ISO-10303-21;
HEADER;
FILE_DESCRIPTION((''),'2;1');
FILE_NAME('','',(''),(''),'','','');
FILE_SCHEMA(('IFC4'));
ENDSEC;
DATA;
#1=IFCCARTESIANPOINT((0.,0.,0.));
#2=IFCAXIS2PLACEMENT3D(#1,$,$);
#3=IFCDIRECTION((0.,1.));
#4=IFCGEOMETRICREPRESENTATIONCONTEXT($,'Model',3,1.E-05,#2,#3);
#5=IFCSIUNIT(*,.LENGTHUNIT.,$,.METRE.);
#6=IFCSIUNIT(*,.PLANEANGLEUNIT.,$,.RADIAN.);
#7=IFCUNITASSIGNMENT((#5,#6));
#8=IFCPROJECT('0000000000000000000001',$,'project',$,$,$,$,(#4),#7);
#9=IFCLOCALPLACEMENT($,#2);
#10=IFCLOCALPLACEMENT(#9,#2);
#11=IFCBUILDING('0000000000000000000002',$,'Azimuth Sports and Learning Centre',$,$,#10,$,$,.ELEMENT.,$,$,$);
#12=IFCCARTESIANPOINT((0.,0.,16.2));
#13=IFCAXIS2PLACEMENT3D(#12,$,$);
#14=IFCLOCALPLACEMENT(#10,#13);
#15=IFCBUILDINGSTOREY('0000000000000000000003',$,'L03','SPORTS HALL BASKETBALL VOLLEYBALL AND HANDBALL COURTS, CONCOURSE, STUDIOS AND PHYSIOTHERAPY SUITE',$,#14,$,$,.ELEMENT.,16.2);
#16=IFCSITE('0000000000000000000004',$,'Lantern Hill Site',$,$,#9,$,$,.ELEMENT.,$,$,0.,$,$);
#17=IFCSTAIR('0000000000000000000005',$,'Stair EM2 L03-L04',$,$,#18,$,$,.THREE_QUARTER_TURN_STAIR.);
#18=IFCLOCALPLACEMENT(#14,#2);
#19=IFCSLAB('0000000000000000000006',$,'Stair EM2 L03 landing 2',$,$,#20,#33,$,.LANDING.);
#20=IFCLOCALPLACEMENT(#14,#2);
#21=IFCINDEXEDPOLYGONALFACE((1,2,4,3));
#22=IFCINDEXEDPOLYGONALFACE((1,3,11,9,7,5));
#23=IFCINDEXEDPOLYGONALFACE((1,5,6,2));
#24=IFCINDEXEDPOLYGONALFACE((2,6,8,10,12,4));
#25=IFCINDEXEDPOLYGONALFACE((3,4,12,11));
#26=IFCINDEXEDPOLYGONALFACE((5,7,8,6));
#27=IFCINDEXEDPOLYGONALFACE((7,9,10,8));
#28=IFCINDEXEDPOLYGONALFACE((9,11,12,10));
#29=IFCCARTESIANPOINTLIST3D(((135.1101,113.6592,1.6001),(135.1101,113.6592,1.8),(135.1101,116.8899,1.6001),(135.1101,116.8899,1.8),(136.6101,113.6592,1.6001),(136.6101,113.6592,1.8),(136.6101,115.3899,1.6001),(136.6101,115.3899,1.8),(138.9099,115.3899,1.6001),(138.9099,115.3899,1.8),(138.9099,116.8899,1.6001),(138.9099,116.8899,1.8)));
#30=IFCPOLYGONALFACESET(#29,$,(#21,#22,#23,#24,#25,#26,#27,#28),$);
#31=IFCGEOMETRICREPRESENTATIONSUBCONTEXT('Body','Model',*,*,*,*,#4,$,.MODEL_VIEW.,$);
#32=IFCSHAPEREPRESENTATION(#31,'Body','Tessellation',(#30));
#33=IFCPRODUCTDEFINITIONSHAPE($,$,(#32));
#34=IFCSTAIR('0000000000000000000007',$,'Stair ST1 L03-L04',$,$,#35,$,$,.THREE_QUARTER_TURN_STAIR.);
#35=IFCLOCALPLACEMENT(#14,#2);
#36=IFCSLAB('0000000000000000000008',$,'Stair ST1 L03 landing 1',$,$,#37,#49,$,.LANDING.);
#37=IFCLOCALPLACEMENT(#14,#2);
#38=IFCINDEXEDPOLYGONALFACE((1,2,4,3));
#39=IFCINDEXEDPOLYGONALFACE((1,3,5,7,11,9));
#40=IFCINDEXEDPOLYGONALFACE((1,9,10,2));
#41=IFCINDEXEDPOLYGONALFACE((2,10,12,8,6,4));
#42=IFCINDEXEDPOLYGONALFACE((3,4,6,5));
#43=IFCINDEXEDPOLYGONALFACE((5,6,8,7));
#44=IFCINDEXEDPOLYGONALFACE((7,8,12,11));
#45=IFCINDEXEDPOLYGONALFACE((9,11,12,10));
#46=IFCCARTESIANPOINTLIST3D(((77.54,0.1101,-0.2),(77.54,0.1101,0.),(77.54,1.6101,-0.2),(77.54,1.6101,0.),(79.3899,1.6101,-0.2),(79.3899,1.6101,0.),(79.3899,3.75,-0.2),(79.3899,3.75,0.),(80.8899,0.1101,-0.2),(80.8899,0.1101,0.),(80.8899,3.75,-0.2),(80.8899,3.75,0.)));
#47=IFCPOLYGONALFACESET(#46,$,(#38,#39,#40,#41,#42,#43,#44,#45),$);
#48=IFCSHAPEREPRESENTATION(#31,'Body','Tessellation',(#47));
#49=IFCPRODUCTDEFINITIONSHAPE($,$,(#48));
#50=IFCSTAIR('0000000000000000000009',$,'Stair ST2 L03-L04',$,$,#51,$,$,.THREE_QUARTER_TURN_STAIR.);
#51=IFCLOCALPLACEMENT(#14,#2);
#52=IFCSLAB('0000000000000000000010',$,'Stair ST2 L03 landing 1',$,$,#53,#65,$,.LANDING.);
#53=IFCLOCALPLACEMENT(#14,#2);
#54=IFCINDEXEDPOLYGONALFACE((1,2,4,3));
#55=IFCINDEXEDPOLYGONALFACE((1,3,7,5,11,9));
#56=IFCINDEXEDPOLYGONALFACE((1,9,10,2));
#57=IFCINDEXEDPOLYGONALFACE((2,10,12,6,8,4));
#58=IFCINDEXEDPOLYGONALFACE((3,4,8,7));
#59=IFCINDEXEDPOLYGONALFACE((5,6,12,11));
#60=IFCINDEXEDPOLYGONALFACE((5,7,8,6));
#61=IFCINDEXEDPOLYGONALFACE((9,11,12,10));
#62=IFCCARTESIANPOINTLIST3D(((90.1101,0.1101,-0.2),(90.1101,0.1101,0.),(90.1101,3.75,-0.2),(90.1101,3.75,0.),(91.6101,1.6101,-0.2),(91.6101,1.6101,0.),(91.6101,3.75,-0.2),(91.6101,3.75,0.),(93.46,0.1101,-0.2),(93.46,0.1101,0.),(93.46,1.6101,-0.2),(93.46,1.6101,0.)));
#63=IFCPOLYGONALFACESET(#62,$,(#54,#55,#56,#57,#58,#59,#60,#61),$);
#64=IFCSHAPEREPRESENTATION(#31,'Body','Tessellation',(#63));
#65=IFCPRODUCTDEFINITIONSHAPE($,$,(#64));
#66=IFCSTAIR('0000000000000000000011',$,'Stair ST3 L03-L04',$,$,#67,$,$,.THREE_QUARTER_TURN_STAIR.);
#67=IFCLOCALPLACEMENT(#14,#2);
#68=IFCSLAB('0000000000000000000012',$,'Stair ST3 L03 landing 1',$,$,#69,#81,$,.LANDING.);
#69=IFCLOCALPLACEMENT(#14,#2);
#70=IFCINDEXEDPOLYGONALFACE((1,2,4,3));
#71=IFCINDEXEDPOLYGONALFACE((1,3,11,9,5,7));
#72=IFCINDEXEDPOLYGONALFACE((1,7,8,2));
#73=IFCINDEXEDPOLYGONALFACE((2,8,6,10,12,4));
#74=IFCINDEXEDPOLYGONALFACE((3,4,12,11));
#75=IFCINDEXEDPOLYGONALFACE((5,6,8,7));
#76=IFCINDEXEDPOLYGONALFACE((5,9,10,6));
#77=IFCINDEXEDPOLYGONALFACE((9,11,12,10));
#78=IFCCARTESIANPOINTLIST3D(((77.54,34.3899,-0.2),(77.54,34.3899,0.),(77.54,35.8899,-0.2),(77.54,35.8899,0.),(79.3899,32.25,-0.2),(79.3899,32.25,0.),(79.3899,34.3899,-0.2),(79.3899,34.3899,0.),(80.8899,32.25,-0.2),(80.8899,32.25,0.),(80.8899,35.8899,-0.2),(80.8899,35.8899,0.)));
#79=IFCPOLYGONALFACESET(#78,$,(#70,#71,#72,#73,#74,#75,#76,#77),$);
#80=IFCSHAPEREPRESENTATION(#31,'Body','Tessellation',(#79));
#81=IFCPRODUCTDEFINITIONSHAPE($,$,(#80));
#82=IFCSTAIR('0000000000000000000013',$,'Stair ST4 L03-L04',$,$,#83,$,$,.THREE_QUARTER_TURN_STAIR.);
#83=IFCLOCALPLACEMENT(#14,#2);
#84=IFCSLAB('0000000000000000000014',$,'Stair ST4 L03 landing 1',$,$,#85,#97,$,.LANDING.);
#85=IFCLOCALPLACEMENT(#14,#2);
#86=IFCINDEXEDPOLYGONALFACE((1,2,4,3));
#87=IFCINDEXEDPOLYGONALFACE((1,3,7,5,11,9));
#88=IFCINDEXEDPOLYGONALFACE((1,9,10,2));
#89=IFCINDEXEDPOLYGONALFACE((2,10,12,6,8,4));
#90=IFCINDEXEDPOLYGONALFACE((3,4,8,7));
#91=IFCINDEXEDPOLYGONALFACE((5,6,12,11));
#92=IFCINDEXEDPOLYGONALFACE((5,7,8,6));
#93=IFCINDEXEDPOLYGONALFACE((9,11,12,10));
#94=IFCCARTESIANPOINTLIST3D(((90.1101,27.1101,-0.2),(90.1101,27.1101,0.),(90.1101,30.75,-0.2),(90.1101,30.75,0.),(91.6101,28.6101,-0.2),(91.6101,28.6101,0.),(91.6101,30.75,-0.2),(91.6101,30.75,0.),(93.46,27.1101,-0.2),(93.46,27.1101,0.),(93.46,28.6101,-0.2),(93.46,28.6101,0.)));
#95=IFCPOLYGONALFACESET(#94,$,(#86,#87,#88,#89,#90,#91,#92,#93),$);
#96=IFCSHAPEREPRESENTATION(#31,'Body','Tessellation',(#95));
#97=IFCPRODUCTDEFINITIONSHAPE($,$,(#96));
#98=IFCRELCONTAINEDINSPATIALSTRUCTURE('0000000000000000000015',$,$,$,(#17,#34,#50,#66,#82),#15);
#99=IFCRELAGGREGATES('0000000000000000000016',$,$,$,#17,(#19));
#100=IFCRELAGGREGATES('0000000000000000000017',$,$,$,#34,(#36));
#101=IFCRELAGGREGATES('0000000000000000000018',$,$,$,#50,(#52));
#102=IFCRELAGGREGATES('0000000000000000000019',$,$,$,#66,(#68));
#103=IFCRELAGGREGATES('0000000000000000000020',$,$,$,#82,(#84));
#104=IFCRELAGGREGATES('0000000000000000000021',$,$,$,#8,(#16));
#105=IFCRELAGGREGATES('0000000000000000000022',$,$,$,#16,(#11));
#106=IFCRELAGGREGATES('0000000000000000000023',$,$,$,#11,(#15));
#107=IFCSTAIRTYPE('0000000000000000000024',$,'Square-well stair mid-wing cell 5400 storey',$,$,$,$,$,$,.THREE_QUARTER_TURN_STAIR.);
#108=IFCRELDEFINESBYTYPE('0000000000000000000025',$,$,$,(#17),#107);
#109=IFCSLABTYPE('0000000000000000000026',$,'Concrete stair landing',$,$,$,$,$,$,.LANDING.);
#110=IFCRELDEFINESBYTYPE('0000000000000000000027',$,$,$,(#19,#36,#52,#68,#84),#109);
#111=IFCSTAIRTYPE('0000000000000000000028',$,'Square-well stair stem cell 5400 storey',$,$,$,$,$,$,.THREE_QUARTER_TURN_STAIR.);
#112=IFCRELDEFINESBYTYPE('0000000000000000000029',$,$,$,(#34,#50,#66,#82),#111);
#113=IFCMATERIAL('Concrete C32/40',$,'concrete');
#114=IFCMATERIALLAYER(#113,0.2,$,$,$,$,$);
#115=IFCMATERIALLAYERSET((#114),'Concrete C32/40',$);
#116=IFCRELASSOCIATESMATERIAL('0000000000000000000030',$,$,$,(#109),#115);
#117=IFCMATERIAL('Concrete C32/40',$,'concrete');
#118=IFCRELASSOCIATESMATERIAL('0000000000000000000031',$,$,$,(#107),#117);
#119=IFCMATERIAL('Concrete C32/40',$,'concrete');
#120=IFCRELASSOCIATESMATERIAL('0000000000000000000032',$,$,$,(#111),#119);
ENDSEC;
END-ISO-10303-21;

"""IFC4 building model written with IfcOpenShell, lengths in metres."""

from ifc_helpers import new_model, si_unit, direction, frame, origin, place, context, subcontext, project, spatial, polyline, outline, extrude, material, layer, layer_set, type_object, element, aggregate, save


model = new_model("IFC4")

# Units and contexts
model_context = context("Model", 3, precision=1e-05, world=origin(), true_north=direction((0.0, 1.0)))
body_context = subcontext(model_context, "Body", "Model", "MODEL_VIEW")
ifc_project = project(units=[si_unit("LENGTHUNIT", "METRE"), si_unit("PLANEANGLEUNIT", "RADIAN")], contexts=[model_context])

# Site, building, storey
site_placement = place(None, origin())
site = spatial("IfcSite", under=ifc_project, at=site_placement, Name="Lantern Hill Site", CompositionType="ELEMENT", RefElevation=0.0)
building_placement = place(site_placement, origin())
building = spatial("IfcBuilding", under=site, at=building_placement, Name="Azimuth Sports and Learning Centre", CompositionType="ELEMENT")
storey_placement = place(building_placement, frame((0.0, 0.0, 16.2)))
storey = spatial("IfcBuildingStorey", under=building, at=storey_placement, Name="L03", Description="SPORTS HALL BASKETBALL VOLLEYBALL AND HANDBALL COURTS, CONCOURSE, STUDIOS AND PHYSIOTHERAPY SUITE", CompositionType="ELEMENT", Elevation=16.2)

# Stair, slab
ifc_material_1 = material(Name="Concrete C32/40", Category="concrete")
ifc_layer_1 = layer(ifc_material_1, 0.2)
ifc_layer_set_1 = layer_set([ifc_layer_1], Name="Concrete C32/40")
slab_type_1 = type_object("IfcSlabType", Name="Concrete stair landing", PredefinedType="LANDING", material=ifc_layer_set_1)
ifc_material_2 = material(Name="Concrete C32/40", Category="concrete")
stair_type_1 = type_object("IfcStairType", Name="Square-well stair mid-wing cell 5400 storey", PredefinedType="THREE_QUARTER_TURN_STAIR", material=ifc_material_2)
stair_1_placement = place(storey_placement, origin())
stair_1 = element("IfcStair", 1, at=stair_1_placement, inside=storey, type_object=stair_type_1, Name="Stair EM2 L03-L04", PredefinedType="THREE_QUARTER_TURN_STAIR")
slab_1_placement = place(storey_placement, frame((0.0, 0.0, 1.6001)))
slab_1 = element("IfcSlab", 2, at=slab_1_placement, type_object=slab_type_1, Name="Stair EM2 L03 landing 2", PredefinedType="LANDING", context=body_context, shape_type="SweptSolid", body=[
    extrude(outline(polyline([(136.6101, 115.3899), (138.9099, 115.3899), (138.9099, 116.8899), (135.1101, 116.8899), (135.1101, 113.6592), (136.6101, 113.6592), (136.6101, 115.3899)])), origin(), (0.0, 0.0, 1.0), 0.2),
])
aggregate(stair_1, [slab_1])

# Stairs, slabs
ifc_material_3 = material(Name="Concrete C32/40", Category="concrete")
stair_type_2 = type_object("IfcStairType", Name="Square-well stair stem cell 5400 storey", PredefinedType="THREE_QUARTER_TURN_STAIR", material=ifc_material_3)
stair_2_placement = place(storey_placement, origin())
stair_2 = element("IfcStair", 3, at=stair_2_placement, inside=storey, type_object=stair_type_2, Name="Stair ST1 L03-L04", PredefinedType="THREE_QUARTER_TURN_STAIR")
slab_2_placement = place(storey_placement, frame((0.0, 0.0, -0.2)))
slab_2 = element("IfcSlab", 4, at=slab_2_placement, type_object=slab_type_1, Name="Stair ST1 L03 landing 1", PredefinedType="LANDING", context=body_context, shape_type="SweptSolid", body=[
    extrude(outline(polyline([(80.8899, 0.1101), (80.8899, 3.75), (79.3899, 3.75), (79.3899, 1.6101), (77.54, 1.6101), (77.54, 0.1101), (80.8899, 0.1101)])), origin(), (0.0, 0.0, 1.0), 0.2),
])
aggregate(stair_2, [slab_2])
stair_3_placement = place(storey_placement, origin())
stair_3 = element("IfcStair", 5, at=stair_3_placement, inside=storey, type_object=stair_type_2, Name="Stair ST2 L03-L04", PredefinedType="THREE_QUARTER_TURN_STAIR")
slab_3_placement = place(storey_placement, frame((0.0, 0.0, -0.2)))
slab_3 = element("IfcSlab", 6, at=slab_3_placement, type_object=slab_type_1, Name="Stair ST2 L03 landing 1", PredefinedType="LANDING", context=body_context, shape_type="SweptSolid", body=[
    extrude(outline(polyline([(93.46, 1.6101), (91.6101, 1.6101), (91.6101, 3.75), (90.1101, 3.75), (90.1101, 0.1101), (93.46, 0.1101), (93.46, 1.6101)])), origin(), (0.0, 0.0, 1.0), 0.2),
])
aggregate(stair_3, [slab_3])
stair_4_placement = place(storey_placement, origin())
stair_4 = element("IfcStair", 7, at=stair_4_placement, inside=storey, type_object=stair_type_2, Name="Stair ST3 L03-L04", PredefinedType="THREE_QUARTER_TURN_STAIR")
slab_4_placement = place(storey_placement, frame((0.0, 0.0, -0.2)))
slab_4 = element("IfcSlab", 8, at=slab_4_placement, type_object=slab_type_1, Name="Stair ST3 L03 landing 1", PredefinedType="LANDING", context=body_context, shape_type="SweptSolid", body=[
    extrude(outline(polyline([(77.54, 34.3899), (79.3899, 34.3899), (79.3899, 32.25), (80.8899, 32.25), (80.8899, 35.8899), (77.54, 35.8899), (77.54, 34.3899)])), origin(), (0.0, 0.0, 1.0), 0.2),
])
aggregate(stair_4, [slab_4])
stair_5_placement = place(storey_placement, origin())
stair_5 = element("IfcStair", 9, at=stair_5_placement, inside=storey, type_object=stair_type_2, Name="Stair ST4 L03-L04", PredefinedType="THREE_QUARTER_TURN_STAIR")
slab_5_placement = place(storey_placement, frame((0.0, 0.0, -0.2)))
slab_5 = element("IfcSlab", 10, at=slab_5_placement, type_object=slab_type_1, Name="Stair ST4 L03 landing 1", PredefinedType="LANDING", context=body_context, shape_type="SweptSolid", body=[
    extrude(outline(polyline([(93.46, 28.6101), (91.6101, 28.6101), (91.6101, 30.75), (90.1101, 30.75), (90.1101, 27.1101), (93.46, 27.1101), (93.46, 28.6101)])), origin(), (0.0, 0.0, 1.0), 0.2),
])
aggregate(stair_5, [slab_5])

save(model, "model.ifc")
